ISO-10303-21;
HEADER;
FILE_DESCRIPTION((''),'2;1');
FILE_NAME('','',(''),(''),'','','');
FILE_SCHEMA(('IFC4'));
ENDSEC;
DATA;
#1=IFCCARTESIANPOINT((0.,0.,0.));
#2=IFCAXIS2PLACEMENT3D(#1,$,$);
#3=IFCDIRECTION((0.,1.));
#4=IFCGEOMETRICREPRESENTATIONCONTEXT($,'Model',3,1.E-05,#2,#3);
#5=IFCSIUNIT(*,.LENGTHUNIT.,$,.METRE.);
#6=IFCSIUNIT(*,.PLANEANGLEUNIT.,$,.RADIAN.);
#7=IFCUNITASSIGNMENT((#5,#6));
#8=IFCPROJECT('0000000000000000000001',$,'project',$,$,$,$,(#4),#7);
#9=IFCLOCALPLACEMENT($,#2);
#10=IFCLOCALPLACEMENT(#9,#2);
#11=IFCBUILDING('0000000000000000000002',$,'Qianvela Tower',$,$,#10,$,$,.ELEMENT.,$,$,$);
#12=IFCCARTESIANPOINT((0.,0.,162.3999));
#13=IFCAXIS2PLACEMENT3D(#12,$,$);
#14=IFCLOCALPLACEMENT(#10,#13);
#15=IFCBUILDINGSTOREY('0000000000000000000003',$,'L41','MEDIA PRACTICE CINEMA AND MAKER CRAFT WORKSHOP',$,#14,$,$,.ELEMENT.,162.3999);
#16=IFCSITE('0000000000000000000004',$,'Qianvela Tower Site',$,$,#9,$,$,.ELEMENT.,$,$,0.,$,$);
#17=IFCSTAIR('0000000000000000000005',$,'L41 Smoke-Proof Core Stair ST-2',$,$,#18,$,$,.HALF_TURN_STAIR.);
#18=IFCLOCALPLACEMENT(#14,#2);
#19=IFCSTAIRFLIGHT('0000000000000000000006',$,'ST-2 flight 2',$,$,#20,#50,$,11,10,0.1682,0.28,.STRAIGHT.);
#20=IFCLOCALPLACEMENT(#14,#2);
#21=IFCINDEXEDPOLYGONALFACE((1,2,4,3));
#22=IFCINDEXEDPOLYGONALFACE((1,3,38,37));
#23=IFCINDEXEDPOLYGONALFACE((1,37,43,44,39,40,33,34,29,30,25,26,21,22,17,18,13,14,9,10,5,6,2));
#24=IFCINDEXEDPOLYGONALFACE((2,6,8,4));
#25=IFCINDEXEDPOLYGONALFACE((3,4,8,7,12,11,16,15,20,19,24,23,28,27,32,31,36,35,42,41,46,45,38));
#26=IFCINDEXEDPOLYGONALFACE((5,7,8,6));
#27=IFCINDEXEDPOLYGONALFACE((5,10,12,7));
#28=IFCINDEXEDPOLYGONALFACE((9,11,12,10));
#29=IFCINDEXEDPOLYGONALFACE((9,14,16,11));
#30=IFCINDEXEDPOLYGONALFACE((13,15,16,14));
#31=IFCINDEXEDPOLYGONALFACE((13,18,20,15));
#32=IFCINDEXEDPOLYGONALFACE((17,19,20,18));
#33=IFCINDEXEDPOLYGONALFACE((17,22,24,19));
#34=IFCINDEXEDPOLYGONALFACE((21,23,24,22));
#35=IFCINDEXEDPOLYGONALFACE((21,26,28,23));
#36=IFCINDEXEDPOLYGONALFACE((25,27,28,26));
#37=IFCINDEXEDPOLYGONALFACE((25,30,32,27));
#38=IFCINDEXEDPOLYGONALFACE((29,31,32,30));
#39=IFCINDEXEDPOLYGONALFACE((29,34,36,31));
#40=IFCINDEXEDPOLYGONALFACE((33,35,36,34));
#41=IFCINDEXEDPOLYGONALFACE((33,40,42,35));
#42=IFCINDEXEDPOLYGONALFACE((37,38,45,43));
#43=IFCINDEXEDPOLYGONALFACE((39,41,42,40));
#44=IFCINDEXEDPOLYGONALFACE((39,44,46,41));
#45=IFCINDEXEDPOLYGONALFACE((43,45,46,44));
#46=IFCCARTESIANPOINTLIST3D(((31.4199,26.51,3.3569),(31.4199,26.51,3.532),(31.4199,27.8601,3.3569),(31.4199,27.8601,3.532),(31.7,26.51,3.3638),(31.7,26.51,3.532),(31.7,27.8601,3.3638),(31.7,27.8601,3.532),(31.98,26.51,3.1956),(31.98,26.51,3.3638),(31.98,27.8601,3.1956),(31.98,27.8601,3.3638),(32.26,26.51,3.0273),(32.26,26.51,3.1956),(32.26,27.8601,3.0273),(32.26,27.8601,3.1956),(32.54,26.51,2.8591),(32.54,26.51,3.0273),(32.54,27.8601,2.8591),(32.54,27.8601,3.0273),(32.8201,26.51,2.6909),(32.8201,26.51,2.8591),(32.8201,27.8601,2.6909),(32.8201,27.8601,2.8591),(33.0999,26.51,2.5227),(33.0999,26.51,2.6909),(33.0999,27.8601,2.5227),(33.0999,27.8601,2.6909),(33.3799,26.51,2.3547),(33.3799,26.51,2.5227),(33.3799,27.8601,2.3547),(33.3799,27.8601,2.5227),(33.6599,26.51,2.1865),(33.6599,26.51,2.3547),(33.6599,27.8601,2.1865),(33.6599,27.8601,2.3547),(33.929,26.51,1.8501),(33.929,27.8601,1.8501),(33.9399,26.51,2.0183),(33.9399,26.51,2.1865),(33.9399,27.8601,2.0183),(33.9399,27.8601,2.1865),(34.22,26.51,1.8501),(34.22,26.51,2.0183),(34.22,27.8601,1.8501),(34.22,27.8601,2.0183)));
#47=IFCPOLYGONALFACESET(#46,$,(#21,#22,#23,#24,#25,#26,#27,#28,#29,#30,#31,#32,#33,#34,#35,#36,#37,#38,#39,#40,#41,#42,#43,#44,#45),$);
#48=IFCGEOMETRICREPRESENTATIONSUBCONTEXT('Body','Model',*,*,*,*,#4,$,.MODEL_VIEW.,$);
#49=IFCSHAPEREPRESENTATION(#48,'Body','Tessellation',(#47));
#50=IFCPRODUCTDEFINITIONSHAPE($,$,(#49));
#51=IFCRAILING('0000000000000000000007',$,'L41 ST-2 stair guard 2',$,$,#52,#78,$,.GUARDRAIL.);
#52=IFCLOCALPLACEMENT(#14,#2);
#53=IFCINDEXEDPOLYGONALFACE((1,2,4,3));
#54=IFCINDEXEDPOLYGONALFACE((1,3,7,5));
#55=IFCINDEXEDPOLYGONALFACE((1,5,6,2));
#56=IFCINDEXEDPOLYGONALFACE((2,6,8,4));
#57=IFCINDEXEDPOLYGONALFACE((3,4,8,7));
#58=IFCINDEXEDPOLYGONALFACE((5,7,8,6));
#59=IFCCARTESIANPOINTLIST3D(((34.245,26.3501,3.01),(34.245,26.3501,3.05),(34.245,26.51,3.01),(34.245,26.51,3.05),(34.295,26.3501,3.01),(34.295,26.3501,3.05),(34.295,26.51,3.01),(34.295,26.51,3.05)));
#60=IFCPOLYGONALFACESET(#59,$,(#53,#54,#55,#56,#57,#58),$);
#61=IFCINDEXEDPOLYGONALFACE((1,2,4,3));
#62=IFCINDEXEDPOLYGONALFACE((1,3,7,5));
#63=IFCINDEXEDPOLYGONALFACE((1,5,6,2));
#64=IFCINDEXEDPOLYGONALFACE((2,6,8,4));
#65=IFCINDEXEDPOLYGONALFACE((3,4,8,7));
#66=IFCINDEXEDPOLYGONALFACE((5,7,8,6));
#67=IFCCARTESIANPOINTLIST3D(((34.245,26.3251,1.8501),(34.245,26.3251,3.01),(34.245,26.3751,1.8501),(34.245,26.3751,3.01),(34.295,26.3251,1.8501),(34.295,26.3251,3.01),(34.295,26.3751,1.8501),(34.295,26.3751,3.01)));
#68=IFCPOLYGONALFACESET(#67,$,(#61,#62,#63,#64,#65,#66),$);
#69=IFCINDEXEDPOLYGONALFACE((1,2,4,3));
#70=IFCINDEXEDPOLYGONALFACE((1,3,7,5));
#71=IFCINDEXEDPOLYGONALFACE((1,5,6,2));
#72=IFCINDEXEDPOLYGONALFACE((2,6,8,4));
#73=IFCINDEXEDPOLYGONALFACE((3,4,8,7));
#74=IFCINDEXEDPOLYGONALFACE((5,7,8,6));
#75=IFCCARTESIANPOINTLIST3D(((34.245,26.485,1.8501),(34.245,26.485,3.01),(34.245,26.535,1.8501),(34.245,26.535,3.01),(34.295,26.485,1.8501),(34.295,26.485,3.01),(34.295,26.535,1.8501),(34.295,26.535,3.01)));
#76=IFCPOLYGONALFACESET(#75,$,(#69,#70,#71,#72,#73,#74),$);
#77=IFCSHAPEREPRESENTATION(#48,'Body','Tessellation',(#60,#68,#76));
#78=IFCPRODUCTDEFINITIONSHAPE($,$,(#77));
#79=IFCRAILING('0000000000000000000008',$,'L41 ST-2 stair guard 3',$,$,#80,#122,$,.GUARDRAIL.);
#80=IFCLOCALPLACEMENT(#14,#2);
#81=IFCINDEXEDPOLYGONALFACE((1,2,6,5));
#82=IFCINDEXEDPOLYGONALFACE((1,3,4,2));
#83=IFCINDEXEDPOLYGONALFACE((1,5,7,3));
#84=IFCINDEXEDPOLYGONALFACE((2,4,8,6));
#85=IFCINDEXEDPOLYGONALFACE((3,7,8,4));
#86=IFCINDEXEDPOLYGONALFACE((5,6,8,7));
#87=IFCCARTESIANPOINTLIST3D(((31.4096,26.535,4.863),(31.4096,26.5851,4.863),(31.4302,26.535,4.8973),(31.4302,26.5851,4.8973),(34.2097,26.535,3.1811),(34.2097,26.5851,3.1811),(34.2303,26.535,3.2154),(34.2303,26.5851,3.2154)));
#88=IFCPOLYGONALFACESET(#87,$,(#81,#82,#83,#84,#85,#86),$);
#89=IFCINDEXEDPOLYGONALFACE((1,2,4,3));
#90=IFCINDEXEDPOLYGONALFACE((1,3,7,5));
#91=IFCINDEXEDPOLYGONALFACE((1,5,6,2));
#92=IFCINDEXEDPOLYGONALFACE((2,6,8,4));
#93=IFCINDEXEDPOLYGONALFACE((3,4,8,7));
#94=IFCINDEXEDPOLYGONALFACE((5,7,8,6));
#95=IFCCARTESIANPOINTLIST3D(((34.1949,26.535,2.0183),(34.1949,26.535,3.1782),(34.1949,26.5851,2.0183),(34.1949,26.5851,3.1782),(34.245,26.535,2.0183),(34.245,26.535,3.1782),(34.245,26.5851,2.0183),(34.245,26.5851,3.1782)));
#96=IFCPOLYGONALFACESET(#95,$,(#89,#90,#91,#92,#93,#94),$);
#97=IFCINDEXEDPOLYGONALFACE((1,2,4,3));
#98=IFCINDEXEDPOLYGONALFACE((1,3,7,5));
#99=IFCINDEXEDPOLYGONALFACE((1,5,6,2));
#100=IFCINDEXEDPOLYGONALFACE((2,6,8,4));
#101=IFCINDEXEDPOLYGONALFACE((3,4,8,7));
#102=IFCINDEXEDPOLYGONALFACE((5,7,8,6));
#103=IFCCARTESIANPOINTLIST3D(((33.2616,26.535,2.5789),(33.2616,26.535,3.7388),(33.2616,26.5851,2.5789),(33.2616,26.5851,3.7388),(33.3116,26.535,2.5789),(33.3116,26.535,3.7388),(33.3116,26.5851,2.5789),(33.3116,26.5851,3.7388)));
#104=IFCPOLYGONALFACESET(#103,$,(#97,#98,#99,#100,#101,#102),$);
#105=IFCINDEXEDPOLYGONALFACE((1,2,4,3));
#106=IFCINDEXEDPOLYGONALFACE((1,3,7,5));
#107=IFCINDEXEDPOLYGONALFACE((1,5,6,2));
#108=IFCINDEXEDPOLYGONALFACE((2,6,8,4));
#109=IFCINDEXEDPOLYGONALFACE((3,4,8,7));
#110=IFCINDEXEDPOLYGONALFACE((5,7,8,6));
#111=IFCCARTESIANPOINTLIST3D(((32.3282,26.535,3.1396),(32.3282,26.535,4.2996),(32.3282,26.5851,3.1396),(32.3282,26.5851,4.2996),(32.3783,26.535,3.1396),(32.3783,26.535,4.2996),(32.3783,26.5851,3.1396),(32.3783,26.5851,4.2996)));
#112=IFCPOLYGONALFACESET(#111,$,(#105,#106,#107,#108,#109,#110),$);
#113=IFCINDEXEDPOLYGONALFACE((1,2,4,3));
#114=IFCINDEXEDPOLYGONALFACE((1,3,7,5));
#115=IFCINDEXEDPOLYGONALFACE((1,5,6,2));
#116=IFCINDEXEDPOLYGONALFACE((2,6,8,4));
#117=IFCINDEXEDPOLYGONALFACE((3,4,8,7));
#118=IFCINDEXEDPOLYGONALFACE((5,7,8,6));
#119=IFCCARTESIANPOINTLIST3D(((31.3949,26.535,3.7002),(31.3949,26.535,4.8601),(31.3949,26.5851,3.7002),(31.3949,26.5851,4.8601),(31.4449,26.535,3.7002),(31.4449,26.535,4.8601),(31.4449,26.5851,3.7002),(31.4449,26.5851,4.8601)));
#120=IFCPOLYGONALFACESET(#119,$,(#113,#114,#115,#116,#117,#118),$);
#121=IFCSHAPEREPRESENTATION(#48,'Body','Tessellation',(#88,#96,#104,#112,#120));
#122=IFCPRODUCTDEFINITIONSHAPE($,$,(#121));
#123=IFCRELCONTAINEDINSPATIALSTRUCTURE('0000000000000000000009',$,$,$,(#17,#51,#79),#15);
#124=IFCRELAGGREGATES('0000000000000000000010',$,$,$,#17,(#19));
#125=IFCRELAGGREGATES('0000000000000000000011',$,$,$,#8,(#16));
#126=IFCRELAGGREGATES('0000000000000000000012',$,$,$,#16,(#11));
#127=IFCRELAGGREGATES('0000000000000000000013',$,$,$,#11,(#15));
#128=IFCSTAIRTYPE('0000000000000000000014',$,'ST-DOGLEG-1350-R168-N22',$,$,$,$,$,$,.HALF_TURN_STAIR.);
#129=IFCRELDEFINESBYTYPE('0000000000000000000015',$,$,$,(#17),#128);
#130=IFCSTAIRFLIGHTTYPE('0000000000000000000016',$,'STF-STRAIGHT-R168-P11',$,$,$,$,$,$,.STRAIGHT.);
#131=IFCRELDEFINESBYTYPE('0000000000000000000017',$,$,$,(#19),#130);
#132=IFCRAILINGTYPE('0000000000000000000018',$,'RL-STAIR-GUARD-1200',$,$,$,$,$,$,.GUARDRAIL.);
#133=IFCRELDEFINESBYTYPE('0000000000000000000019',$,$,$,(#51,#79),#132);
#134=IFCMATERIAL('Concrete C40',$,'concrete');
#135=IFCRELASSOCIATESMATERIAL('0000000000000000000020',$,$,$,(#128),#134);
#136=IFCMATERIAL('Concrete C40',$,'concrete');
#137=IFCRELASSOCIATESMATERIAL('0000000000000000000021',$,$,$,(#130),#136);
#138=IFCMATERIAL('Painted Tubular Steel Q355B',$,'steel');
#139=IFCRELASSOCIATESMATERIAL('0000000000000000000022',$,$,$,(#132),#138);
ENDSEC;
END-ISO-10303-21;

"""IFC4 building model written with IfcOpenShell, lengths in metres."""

from ifc_helpers import new_model, si_unit, direction, frame, origin, origin_2d, place, context, subcontext, project, spatial, polyline, rectangle, outline, extrude, material, type_object, element, aggregate, save


model = new_model("IFC4")

# Units and contexts
model_context = context("Model", 3, precision=1e-05, world=origin(), true_north=direction((0.0, 1.0)))
body_context = subcontext(model_context, "Body", "Model", "MODEL_VIEW")
ifc_project = project(units=[si_unit("LENGTHUNIT", "METRE"), si_unit("PLANEANGLEUNIT", "RADIAN")], contexts=[model_context])

# Site, building, storey
site_placement = place(None, origin())
site = spatial("IfcSite", under=ifc_project, at=site_placement, Name="Qianvela Tower Site", CompositionType="ELEMENT", RefElevation=0.0)
building_placement = place(site_placement, origin())
building = spatial("IfcBuilding", under=site, at=building_placement, Name="Qianvela Tower", CompositionType="ELEMENT")
storey_placement = place(building_placement, frame((0.0, 0.0, 162.3999)))
storey = spatial("IfcBuildingStorey", under=building, at=storey_placement, Name="L41", Description="MEDIA PRACTICE CINEMA AND MAKER CRAFT WORKSHOP", CompositionType="ELEMENT", Elevation=162.3999)

# Stair, stair flight
ifc_material_1 = material(Name="Concrete C40", Category="concrete")
stair_type = type_object("IfcStairType", Name="ST-DOGLEG-1350-R168-N22", PredefinedType="HALF_TURN_STAIR", material=ifc_material_1)
stair_placement = place(storey_placement, origin())
stair = element("IfcStair", 1, at=stair_placement, inside=storey, type_object=stair_type, Name="L41 Smoke-Proof Core Stair ST-2", PredefinedType="HALF_TURN_STAIR")
ifc_material_2 = material(Name="Concrete C40", Category="concrete")
stair_flight_type = type_object("IfcStairFlightType", Name="STF-STRAIGHT-R168-P11", PredefinedType="STRAIGHT", material=ifc_material_2)
stair_flight_placement = place(storey_placement, frame((34.22, 27.1851, 1.8501), z_axis=(0.0, 0.0, 1.0), x_axis=(-1.0, 0.0, 0.0)))
stair_flight = element("IfcStairFlight", 2, at=stair_flight_placement, type_object=stair_flight_type, Name="ST-2 flight 2", NumberOfRisers=11, NumberOfTreads=10, PredefinedType="STRAIGHT", RiserHeight=0.1682, TreadLength=0.28, context=body_context, shape_type="SweptSolid", body=[
    extrude(outline(polyline([(0.0, 0.0), (0.0, 0.1682), (0.28, 0.1682), (0.28, 0.3364), (0.5601, 0.3364), (0.5601, 0.5046), (0.8401, 0.5046), (0.8401, 0.6726), (1.1201, 0.6726), (1.1201, 0.8408), (1.3999, 0.8408), (1.3999, 1.009), (1.6799, 1.009), (1.6799, 1.1772), (1.96, 1.1772), (1.96, 1.3455), (2.24, 1.3455), (2.24, 1.5137), (2.52, 1.5137), (2.52, 1.6819), (2.8, 1.6819), (2.8, 1.8501), (2.8, 1.5068), (0.291, 0.0), (0.0, 0.0)])), frame((0.0, 0.675, 0.0), z_axis=(0.0, -1.0, 0.0), x_axis=(1.0, 0.0, 0.0)), (0.0, 0.0, 1.0), 1.3501),
])
aggregate(stair, [stair_flight])

# Railings
ifc_material_3 = material(Name="Painted Tubular Steel Q355B", Category="steel")
railing_type = type_object("IfcRailingType", Name="RL-STAIR-GUARD-1200", PredefinedType="GUARDRAIL", material=ifc_material_3)
railing_1_placement = place(storey_placement, frame((34.27, 26.3501, 1.8501)))
element("IfcRailing", 3, at=railing_1_placement, inside=storey, type_object=railing_type, Name="L41 ST-2 stair guard 2", PredefinedType="GUARDRAIL", context=body_context, shape_type="SweptSolid", body=[
    extrude(rectangle(XDim=0.05, YDim=0.04, at=origin_2d()), frame((0.0, 0.0, 1.1799), z_axis=(0.0, 1.0, 0.0), x_axis=(-1.0, 0.0, 0.0)), (0.0, 0.0, 1.0), 0.1599),
    extrude(rectangle(XDim=0.05, YDim=0.05, at=origin_2d()), origin(), (0.0, 0.0, 1.0), 1.1599),
    extrude(rectangle(XDim=0.05, YDim=0.05, at=origin_2d()), frame((0.0, 0.1599, 0.0)), (0.0, 0.0, 1.0), 1.1599),
])
railing_2_placement = place(storey_placement, frame((34.22, 26.5601, 2.0183)))
element("IfcRailing", 4, at=railing_2_placement, inside=storey, type_object=railing_type, Name="L41 ST-2 stair guard 3", PredefinedType="GUARDRAIL", context=body_context, shape_type="SweptSolid", body=[
    extrude(rectangle(XDim=0.05, YDim=0.04, at=origin_2d()), frame((0.0, 0.0, 1.1799), z_axis=(-0.857242, 0.0, 0.514913), x_axis=(0.0, -1.0, 0.0)), (0.0, 0.0, 1.0), 3.2664),
    extrude(rectangle(XDim=0.05, YDim=0.05, at=origin_2d()), origin(), (0.0, 0.0, 1.0), 1.1599),
    extrude(rectangle(XDim=0.05, YDim=0.05, at=origin_2d()), frame((-0.9333, 0.0, 0.5605)), (0.0, 0.0, 1.0), 1.1599),
    extrude(rectangle(XDim=0.05, YDim=0.05, at=origin_2d()), frame((-1.8667, 0.0, 1.1213)), (0.0, 0.0, 1.0), 1.1599),
    extrude(rectangle(XDim=0.05, YDim=0.05, at=origin_2d()), frame((-2.8, 0.0, 1.6819)), (0.0, 0.0, 1.0), 1.1599),
])

save(model, "model.ifc")
